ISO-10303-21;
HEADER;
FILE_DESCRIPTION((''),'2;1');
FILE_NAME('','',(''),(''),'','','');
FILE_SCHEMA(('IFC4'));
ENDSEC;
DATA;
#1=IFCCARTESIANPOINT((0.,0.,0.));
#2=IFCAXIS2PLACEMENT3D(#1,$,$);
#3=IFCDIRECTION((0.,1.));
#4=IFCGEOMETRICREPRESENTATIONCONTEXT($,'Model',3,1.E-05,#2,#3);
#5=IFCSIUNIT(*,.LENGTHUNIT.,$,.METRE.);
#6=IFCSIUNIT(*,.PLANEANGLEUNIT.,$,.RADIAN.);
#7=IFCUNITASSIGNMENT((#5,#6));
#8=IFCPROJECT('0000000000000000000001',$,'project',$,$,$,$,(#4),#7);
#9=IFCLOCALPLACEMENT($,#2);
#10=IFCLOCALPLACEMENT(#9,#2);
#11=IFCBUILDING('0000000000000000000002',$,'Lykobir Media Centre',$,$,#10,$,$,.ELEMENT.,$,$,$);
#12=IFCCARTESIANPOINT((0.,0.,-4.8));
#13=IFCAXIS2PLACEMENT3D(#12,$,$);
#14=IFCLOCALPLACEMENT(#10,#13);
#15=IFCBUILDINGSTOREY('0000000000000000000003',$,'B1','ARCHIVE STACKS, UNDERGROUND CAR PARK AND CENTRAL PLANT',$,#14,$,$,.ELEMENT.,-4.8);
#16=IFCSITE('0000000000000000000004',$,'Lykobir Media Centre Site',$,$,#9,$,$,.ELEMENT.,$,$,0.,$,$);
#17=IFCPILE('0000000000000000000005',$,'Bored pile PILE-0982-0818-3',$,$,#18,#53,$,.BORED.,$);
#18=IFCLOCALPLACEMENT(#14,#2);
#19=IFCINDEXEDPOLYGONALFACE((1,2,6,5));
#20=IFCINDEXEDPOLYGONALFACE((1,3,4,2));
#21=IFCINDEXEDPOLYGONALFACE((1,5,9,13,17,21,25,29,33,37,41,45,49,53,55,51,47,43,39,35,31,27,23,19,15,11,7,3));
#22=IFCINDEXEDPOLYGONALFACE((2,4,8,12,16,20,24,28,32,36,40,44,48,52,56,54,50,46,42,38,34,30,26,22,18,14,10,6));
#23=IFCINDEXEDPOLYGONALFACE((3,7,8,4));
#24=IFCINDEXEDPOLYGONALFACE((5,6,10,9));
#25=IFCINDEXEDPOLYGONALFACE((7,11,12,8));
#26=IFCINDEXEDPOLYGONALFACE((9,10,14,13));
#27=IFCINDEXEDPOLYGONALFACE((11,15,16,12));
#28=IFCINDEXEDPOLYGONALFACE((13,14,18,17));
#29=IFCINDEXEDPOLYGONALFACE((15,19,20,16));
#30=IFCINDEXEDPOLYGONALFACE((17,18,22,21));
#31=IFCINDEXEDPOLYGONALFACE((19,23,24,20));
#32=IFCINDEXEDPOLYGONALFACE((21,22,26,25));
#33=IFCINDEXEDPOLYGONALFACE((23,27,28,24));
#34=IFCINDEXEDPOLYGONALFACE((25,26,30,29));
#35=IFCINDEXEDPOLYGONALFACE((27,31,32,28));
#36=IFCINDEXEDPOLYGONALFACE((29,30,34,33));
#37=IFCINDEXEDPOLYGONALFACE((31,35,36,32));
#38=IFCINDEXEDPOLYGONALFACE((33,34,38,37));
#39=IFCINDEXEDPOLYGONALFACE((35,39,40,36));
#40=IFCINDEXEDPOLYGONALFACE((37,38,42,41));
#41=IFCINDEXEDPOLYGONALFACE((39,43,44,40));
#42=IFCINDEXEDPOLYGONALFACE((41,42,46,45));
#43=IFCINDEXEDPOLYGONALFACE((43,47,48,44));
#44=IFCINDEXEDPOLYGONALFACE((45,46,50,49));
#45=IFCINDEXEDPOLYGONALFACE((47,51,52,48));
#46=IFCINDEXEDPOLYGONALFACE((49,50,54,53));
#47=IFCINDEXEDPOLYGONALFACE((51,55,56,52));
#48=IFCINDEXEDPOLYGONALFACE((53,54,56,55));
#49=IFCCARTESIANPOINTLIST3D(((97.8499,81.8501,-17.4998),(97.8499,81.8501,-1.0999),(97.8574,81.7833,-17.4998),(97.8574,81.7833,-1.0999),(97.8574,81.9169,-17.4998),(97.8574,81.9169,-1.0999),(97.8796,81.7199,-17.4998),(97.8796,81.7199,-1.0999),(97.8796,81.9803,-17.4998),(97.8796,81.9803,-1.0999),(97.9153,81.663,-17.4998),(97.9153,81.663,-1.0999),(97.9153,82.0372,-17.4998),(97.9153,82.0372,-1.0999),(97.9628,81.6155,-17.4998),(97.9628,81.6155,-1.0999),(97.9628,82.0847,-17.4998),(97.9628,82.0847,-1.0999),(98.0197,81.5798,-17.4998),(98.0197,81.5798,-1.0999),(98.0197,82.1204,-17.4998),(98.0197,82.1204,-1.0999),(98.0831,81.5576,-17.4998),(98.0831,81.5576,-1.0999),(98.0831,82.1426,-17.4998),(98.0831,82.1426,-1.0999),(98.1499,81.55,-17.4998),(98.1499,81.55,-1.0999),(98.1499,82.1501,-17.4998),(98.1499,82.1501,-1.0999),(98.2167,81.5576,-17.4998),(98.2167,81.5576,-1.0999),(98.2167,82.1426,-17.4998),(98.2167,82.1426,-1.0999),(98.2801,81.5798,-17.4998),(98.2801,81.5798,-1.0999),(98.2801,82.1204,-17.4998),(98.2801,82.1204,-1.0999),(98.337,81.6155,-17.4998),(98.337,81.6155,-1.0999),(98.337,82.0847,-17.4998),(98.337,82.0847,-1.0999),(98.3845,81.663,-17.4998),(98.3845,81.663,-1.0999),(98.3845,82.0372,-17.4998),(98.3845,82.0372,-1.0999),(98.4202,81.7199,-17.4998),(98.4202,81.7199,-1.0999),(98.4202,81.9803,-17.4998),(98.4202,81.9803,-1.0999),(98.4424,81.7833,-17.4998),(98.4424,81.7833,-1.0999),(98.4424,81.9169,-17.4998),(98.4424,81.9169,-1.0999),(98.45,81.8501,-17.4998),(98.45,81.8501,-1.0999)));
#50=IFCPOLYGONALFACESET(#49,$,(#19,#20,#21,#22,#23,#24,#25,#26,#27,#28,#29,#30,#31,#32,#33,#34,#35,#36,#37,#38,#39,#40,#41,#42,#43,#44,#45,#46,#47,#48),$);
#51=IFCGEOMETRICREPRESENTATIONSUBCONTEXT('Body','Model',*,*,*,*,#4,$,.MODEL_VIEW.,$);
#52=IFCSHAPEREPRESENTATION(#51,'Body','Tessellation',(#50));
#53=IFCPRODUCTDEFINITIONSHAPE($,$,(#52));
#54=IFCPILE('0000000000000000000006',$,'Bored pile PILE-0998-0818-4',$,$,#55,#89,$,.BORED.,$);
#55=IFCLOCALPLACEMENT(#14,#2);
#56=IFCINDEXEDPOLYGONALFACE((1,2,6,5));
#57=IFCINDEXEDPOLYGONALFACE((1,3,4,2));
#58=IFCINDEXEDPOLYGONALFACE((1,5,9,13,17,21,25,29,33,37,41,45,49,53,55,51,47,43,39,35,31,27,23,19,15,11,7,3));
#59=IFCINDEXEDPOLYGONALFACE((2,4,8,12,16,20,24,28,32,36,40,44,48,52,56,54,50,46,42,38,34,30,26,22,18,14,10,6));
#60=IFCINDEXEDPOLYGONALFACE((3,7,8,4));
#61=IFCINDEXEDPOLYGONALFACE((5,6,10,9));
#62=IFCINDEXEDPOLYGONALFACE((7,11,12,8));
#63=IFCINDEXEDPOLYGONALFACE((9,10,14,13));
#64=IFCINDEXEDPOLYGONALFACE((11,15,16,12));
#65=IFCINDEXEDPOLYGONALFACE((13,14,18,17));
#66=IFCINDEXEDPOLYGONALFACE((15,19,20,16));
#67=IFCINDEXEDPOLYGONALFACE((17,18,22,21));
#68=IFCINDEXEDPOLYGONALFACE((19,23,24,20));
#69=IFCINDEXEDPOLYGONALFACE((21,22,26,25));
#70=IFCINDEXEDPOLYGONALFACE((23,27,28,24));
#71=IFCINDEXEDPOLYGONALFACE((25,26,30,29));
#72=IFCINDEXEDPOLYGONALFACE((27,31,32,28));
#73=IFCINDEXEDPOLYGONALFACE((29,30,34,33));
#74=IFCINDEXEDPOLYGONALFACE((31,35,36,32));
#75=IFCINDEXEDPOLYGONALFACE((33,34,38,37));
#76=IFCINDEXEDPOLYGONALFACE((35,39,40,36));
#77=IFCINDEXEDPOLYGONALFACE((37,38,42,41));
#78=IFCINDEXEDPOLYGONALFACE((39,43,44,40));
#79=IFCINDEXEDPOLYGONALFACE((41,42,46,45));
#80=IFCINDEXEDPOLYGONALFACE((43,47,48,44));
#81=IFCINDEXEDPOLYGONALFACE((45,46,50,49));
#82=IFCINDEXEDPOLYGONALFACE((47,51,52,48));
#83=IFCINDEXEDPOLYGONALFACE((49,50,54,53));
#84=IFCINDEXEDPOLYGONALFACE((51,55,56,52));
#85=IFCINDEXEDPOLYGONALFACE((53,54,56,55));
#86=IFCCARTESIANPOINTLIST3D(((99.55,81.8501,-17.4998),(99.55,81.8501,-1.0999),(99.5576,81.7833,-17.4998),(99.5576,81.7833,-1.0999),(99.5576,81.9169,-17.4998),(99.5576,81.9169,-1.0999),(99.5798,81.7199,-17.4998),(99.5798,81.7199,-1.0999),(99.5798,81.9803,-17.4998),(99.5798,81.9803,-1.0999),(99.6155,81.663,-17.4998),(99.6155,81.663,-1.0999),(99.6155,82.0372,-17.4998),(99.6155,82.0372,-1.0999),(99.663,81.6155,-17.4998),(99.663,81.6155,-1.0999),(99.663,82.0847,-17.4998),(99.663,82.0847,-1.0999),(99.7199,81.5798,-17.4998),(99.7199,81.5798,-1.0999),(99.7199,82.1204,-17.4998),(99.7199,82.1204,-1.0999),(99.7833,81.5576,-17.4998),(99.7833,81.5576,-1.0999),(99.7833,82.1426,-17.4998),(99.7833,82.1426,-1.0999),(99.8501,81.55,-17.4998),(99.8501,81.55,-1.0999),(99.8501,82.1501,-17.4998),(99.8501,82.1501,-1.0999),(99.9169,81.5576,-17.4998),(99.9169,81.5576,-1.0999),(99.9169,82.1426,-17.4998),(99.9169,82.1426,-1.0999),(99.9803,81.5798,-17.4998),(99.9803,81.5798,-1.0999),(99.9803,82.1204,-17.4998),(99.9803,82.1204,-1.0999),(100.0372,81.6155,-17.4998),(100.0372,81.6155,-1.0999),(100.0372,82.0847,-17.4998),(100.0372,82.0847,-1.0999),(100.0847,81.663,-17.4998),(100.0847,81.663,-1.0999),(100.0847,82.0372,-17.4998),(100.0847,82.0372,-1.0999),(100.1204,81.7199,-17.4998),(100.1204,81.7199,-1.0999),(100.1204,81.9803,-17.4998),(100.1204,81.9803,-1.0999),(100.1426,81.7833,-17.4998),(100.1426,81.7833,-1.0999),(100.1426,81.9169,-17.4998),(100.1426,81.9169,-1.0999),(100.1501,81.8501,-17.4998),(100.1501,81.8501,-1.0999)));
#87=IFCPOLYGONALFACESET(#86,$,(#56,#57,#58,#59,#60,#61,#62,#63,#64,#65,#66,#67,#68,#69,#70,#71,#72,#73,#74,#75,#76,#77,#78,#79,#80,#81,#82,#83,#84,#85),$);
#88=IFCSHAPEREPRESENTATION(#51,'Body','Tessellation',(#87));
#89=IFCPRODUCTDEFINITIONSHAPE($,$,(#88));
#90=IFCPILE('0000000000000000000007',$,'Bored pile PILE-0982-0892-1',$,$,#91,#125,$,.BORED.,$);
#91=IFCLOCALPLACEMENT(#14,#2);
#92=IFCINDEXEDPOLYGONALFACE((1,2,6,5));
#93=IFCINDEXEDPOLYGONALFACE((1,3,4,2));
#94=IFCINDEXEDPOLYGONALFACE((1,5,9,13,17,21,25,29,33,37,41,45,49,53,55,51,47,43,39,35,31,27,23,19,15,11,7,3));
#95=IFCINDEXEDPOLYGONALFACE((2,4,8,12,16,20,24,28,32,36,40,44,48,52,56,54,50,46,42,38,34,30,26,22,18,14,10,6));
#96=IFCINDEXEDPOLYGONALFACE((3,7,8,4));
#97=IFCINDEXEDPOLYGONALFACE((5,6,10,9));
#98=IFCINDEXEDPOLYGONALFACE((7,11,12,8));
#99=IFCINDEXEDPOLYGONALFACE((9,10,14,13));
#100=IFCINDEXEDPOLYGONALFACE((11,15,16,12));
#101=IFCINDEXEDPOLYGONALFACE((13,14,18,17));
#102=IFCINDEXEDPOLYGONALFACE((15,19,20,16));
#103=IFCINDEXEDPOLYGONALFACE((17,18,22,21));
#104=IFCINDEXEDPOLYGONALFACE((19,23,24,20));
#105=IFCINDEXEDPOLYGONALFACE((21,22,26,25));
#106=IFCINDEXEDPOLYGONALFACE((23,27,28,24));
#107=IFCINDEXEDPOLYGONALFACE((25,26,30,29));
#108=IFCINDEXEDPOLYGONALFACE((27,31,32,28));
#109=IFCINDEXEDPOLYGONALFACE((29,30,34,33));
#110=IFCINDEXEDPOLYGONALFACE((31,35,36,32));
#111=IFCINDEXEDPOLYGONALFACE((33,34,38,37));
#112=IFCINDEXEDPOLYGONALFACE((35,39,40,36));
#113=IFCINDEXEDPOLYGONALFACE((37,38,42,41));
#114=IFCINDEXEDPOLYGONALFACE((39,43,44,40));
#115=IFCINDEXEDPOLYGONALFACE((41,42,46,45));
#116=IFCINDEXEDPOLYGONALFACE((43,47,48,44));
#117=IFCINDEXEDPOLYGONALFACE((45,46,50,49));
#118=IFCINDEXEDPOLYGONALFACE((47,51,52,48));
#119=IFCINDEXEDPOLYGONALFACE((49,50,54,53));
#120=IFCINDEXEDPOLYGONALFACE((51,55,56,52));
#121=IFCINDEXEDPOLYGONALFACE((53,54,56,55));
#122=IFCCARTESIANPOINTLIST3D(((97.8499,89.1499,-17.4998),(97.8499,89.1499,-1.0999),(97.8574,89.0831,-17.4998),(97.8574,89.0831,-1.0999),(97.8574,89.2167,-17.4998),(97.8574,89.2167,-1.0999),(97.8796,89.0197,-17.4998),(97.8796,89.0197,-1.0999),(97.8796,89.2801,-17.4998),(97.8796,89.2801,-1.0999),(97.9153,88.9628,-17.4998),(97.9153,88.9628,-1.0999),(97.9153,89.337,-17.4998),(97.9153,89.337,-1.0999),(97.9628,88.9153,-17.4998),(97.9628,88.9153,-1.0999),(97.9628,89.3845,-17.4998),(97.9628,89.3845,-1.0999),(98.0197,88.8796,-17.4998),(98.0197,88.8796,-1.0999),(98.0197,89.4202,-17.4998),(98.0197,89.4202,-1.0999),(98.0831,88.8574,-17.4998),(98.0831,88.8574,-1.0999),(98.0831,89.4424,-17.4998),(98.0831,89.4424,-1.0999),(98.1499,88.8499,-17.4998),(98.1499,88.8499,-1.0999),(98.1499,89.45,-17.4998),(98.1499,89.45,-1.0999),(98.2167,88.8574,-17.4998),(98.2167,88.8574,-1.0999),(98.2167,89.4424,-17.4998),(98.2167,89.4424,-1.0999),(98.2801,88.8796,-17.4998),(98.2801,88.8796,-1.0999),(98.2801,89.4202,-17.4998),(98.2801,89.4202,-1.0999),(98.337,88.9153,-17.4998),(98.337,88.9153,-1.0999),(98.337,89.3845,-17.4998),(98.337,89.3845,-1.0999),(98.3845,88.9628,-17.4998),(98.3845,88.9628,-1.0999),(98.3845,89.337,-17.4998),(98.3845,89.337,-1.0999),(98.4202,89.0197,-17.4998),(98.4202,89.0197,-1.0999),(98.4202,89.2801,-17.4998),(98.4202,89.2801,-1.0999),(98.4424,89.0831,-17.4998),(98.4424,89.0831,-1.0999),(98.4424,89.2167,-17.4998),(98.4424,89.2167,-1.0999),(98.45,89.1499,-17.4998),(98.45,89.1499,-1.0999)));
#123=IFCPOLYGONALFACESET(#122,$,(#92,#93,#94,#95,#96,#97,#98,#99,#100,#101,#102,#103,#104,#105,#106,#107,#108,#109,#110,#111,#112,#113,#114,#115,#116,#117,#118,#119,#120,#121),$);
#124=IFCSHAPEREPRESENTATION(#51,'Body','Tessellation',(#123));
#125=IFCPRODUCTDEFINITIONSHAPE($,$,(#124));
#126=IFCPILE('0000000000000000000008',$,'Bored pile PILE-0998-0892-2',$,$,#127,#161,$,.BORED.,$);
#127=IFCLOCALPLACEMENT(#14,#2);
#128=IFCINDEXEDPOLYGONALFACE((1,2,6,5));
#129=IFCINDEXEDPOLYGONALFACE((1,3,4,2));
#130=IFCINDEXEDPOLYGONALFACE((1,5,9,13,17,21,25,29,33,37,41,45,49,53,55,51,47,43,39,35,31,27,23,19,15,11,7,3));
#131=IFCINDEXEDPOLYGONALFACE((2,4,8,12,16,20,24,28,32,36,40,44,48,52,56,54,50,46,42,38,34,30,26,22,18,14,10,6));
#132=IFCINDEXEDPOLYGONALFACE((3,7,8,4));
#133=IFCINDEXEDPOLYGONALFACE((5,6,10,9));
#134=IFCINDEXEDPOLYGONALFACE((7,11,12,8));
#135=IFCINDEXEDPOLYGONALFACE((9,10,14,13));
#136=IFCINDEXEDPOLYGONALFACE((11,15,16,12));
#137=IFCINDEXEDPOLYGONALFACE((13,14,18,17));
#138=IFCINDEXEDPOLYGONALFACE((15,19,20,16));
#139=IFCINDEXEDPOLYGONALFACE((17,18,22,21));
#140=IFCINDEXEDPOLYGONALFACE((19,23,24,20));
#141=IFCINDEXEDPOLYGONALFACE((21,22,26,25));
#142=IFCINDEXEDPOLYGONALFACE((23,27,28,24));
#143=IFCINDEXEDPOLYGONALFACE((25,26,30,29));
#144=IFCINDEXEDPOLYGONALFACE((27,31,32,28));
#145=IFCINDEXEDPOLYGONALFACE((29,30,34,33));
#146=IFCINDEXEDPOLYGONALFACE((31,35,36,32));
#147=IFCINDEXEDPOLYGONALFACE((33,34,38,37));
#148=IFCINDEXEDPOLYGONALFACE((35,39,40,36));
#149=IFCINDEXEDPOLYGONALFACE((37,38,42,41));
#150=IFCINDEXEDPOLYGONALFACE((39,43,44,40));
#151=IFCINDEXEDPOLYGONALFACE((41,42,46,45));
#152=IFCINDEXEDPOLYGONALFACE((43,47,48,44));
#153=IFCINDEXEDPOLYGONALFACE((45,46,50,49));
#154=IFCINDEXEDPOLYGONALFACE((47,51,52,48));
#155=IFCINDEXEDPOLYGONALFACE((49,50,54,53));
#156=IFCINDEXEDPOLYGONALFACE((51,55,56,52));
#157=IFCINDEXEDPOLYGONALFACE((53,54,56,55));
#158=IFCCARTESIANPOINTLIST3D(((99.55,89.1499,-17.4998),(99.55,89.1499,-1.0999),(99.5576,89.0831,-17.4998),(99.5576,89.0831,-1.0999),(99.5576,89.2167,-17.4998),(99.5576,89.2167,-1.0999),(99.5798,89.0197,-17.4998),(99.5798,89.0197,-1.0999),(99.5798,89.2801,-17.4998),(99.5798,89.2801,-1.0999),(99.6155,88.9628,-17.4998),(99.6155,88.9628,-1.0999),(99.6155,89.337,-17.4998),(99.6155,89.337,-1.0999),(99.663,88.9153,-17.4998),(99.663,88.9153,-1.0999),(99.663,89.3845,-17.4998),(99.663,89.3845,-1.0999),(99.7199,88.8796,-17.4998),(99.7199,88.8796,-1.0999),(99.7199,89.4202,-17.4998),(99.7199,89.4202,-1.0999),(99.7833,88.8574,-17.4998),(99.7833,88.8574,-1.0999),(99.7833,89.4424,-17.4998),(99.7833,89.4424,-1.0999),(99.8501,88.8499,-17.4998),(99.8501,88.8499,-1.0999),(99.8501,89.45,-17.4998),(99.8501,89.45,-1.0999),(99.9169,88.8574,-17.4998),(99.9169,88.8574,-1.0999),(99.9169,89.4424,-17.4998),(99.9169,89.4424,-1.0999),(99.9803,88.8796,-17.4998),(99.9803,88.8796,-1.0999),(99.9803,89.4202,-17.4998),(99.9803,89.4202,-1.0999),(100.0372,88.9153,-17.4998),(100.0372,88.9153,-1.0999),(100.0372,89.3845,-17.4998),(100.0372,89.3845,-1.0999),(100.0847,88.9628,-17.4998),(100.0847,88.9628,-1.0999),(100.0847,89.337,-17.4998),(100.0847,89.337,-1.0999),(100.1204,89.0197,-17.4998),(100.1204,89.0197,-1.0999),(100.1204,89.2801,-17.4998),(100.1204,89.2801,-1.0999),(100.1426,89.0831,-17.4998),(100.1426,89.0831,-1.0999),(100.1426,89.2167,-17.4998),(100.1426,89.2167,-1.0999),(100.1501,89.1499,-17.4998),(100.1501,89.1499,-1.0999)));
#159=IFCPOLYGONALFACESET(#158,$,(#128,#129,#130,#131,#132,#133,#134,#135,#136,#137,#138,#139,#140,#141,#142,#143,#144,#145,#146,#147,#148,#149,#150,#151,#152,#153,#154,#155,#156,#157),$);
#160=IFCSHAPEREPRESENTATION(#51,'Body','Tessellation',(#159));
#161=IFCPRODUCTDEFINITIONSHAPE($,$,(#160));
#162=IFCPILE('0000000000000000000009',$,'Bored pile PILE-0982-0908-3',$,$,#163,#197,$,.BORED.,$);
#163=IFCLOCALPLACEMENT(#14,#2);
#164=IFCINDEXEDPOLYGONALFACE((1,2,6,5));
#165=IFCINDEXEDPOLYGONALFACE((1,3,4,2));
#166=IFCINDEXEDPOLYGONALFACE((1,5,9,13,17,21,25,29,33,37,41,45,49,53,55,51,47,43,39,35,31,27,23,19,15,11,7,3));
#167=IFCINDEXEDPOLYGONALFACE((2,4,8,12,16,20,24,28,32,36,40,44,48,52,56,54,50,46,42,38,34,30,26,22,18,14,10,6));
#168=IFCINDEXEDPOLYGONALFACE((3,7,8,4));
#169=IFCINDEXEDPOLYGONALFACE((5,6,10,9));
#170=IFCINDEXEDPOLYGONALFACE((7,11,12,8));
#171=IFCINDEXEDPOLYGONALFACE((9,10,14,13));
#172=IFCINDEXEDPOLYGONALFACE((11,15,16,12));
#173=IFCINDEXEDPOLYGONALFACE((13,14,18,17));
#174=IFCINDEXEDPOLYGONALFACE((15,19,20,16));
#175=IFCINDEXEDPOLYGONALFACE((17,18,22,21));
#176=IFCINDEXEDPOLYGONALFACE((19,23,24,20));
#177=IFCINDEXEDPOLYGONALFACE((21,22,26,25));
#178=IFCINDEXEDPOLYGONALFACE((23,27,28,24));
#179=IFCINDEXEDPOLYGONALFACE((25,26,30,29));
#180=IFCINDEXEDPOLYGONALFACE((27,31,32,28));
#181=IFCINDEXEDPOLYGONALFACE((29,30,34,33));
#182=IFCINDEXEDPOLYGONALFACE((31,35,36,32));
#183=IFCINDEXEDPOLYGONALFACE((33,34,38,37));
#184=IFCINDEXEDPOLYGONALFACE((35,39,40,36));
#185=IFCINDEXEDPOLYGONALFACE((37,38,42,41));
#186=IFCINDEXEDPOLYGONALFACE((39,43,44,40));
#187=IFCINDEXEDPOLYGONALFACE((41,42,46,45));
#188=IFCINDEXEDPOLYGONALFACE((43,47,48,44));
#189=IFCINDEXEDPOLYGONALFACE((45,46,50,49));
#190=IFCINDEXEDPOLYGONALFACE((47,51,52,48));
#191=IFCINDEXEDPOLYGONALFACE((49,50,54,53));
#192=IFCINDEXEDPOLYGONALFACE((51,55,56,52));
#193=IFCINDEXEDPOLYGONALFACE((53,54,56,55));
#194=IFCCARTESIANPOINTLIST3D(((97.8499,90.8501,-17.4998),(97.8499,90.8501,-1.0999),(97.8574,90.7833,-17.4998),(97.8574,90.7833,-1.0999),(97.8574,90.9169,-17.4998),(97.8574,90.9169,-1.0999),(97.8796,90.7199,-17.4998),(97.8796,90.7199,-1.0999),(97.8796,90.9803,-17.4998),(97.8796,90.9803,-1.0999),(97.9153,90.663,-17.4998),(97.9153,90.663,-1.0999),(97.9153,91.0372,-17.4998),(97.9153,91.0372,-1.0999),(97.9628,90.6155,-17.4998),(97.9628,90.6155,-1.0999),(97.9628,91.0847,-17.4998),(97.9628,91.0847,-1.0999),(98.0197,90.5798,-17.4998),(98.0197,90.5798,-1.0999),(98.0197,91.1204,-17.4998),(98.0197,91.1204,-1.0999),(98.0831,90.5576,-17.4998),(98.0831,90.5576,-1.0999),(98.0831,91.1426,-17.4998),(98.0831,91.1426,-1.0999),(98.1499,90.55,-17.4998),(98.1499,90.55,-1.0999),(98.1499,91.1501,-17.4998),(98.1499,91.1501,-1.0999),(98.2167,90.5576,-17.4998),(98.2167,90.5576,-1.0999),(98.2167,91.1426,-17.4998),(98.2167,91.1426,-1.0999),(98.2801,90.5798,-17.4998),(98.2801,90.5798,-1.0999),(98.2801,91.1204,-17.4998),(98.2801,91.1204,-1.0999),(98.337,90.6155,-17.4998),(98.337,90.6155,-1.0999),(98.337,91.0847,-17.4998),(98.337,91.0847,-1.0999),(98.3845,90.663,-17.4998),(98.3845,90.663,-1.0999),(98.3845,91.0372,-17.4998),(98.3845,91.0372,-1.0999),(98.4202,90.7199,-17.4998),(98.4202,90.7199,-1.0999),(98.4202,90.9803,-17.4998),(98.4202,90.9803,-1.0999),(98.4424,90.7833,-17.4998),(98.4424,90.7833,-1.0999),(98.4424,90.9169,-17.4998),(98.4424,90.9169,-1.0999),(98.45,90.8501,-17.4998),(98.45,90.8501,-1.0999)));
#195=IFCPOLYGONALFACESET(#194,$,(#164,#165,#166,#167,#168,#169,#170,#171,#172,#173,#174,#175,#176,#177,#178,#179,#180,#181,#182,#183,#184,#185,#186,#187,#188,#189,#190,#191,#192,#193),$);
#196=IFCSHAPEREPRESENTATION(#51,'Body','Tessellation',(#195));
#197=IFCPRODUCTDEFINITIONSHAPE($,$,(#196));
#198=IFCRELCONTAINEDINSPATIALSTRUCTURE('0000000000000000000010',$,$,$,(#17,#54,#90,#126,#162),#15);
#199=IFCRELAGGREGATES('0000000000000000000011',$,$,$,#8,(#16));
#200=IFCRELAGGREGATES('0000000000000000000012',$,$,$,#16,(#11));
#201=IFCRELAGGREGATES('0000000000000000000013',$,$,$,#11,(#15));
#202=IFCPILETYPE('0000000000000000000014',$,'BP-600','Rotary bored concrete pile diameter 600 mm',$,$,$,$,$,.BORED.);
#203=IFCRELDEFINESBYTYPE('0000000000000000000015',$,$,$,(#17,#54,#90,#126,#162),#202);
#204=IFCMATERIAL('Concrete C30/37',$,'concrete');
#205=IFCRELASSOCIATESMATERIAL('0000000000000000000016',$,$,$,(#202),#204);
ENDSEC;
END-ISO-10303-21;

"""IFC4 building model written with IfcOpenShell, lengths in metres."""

from ifc_helpers import new_model, si_unit, direction, frame, origin, origin_2d, place, context, subcontext, project, spatial, circle, extrude, material, material_profile, profile_set, type_object, element, save


model = new_model("IFC4")

# Units and contexts
model_context = context("Model", 3, precision=1e-05, world=origin(), true_north=direction((0.0, 1.0)))
body_context = subcontext(model_context, "Body", "Model", "MODEL_VIEW")
ifc_project = project(units=[si_unit("LENGTHUNIT", "METRE"), si_unit("PLANEANGLEUNIT", "RADIAN")], contexts=[model_context])

# Site, building, storey
site_placement = place(None, origin())
site = spatial("IfcSite", under=ifc_project, at=site_placement, Name="Lykobir Media Centre Site", CompositionType="ELEMENT", RefElevation=0.0)
building_placement = place(site_placement, origin())
building = spatial("IfcBuilding", under=site, at=building_placement, Name="Lykobir Media Centre", CompositionType="ELEMENT")
storey_placement = place(building_placement, frame((0.0, 0.0, -4.8)))
storey = spatial("IfcBuildingStorey", under=building, at=storey_placement, Name="B1", Description="ARCHIVE STACKS, UNDERGROUND CAR PARK AND CENTRAL PLANT", CompositionType="ELEMENT", Elevation=-4.8)

# Piles
ifc_material_1 = material(Name="Concrete C30/37", Category="concrete")
ifc_material_profile_1 = material_profile(ifc_material_1, circle(Radius=0.3, at=origin_2d()), Name="BORED PILE D600")
ifc_profile_set_1 = profile_set([ifc_material_profile_1], Name="Concrete C30/37")
pile_type = type_object("IfcPileType", Name="BP-600", Description="Rotary bored concrete pile diameter 600 mm", PredefinedType="BORED", material=ifc_profile_set_1)
for number, where, z_axis, x_axis, name in (
    (1, (98.1499, 81.8501, -1.0999), (0.0, 0.0, -1.0), (1.0, 0.0, 0.0), "Bored pile PILE-0982-0818-3"),
    (2, (99.8501, 81.8501, -1.0999), (0.0, 0.0, -1.0), (1.0, 0.0, 0.0), "Bored pile PILE-0998-0818-4"),
    (3, (98.1499, 89.1499, -1.0999), (0.0, 0.0, -1.0), (1.0, 0.0, 0.0), "Bored pile PILE-0982-0892-1"),
    (4, (99.8501, 89.1499, -1.0999), (0.0, 0.0, -1.0), (1.0, 0.0, 0.0), "Bored pile PILE-0998-0892-2"),
    (5, (98.1499, 90.8501, -1.0999), (0.0, 0.0, -1.0), (1.0, 0.0, 0.0), "Bored pile PILE-0982-0908-3"),
):
    element("IfcPile", number, at=place(storey_placement, frame(where, z_axis=z_axis, x_axis=x_axis)), inside=storey, type_object=pile_type, Name=name, PredefinedType="BORED", context=body_context, shape_type="SweptSolid", body=[
        extrude(circle(Radius=0.3, at=origin_2d()), origin(), (0.0, 0.0, 1.0), 16.3999),
    ])

save(model, "model.ifc")
